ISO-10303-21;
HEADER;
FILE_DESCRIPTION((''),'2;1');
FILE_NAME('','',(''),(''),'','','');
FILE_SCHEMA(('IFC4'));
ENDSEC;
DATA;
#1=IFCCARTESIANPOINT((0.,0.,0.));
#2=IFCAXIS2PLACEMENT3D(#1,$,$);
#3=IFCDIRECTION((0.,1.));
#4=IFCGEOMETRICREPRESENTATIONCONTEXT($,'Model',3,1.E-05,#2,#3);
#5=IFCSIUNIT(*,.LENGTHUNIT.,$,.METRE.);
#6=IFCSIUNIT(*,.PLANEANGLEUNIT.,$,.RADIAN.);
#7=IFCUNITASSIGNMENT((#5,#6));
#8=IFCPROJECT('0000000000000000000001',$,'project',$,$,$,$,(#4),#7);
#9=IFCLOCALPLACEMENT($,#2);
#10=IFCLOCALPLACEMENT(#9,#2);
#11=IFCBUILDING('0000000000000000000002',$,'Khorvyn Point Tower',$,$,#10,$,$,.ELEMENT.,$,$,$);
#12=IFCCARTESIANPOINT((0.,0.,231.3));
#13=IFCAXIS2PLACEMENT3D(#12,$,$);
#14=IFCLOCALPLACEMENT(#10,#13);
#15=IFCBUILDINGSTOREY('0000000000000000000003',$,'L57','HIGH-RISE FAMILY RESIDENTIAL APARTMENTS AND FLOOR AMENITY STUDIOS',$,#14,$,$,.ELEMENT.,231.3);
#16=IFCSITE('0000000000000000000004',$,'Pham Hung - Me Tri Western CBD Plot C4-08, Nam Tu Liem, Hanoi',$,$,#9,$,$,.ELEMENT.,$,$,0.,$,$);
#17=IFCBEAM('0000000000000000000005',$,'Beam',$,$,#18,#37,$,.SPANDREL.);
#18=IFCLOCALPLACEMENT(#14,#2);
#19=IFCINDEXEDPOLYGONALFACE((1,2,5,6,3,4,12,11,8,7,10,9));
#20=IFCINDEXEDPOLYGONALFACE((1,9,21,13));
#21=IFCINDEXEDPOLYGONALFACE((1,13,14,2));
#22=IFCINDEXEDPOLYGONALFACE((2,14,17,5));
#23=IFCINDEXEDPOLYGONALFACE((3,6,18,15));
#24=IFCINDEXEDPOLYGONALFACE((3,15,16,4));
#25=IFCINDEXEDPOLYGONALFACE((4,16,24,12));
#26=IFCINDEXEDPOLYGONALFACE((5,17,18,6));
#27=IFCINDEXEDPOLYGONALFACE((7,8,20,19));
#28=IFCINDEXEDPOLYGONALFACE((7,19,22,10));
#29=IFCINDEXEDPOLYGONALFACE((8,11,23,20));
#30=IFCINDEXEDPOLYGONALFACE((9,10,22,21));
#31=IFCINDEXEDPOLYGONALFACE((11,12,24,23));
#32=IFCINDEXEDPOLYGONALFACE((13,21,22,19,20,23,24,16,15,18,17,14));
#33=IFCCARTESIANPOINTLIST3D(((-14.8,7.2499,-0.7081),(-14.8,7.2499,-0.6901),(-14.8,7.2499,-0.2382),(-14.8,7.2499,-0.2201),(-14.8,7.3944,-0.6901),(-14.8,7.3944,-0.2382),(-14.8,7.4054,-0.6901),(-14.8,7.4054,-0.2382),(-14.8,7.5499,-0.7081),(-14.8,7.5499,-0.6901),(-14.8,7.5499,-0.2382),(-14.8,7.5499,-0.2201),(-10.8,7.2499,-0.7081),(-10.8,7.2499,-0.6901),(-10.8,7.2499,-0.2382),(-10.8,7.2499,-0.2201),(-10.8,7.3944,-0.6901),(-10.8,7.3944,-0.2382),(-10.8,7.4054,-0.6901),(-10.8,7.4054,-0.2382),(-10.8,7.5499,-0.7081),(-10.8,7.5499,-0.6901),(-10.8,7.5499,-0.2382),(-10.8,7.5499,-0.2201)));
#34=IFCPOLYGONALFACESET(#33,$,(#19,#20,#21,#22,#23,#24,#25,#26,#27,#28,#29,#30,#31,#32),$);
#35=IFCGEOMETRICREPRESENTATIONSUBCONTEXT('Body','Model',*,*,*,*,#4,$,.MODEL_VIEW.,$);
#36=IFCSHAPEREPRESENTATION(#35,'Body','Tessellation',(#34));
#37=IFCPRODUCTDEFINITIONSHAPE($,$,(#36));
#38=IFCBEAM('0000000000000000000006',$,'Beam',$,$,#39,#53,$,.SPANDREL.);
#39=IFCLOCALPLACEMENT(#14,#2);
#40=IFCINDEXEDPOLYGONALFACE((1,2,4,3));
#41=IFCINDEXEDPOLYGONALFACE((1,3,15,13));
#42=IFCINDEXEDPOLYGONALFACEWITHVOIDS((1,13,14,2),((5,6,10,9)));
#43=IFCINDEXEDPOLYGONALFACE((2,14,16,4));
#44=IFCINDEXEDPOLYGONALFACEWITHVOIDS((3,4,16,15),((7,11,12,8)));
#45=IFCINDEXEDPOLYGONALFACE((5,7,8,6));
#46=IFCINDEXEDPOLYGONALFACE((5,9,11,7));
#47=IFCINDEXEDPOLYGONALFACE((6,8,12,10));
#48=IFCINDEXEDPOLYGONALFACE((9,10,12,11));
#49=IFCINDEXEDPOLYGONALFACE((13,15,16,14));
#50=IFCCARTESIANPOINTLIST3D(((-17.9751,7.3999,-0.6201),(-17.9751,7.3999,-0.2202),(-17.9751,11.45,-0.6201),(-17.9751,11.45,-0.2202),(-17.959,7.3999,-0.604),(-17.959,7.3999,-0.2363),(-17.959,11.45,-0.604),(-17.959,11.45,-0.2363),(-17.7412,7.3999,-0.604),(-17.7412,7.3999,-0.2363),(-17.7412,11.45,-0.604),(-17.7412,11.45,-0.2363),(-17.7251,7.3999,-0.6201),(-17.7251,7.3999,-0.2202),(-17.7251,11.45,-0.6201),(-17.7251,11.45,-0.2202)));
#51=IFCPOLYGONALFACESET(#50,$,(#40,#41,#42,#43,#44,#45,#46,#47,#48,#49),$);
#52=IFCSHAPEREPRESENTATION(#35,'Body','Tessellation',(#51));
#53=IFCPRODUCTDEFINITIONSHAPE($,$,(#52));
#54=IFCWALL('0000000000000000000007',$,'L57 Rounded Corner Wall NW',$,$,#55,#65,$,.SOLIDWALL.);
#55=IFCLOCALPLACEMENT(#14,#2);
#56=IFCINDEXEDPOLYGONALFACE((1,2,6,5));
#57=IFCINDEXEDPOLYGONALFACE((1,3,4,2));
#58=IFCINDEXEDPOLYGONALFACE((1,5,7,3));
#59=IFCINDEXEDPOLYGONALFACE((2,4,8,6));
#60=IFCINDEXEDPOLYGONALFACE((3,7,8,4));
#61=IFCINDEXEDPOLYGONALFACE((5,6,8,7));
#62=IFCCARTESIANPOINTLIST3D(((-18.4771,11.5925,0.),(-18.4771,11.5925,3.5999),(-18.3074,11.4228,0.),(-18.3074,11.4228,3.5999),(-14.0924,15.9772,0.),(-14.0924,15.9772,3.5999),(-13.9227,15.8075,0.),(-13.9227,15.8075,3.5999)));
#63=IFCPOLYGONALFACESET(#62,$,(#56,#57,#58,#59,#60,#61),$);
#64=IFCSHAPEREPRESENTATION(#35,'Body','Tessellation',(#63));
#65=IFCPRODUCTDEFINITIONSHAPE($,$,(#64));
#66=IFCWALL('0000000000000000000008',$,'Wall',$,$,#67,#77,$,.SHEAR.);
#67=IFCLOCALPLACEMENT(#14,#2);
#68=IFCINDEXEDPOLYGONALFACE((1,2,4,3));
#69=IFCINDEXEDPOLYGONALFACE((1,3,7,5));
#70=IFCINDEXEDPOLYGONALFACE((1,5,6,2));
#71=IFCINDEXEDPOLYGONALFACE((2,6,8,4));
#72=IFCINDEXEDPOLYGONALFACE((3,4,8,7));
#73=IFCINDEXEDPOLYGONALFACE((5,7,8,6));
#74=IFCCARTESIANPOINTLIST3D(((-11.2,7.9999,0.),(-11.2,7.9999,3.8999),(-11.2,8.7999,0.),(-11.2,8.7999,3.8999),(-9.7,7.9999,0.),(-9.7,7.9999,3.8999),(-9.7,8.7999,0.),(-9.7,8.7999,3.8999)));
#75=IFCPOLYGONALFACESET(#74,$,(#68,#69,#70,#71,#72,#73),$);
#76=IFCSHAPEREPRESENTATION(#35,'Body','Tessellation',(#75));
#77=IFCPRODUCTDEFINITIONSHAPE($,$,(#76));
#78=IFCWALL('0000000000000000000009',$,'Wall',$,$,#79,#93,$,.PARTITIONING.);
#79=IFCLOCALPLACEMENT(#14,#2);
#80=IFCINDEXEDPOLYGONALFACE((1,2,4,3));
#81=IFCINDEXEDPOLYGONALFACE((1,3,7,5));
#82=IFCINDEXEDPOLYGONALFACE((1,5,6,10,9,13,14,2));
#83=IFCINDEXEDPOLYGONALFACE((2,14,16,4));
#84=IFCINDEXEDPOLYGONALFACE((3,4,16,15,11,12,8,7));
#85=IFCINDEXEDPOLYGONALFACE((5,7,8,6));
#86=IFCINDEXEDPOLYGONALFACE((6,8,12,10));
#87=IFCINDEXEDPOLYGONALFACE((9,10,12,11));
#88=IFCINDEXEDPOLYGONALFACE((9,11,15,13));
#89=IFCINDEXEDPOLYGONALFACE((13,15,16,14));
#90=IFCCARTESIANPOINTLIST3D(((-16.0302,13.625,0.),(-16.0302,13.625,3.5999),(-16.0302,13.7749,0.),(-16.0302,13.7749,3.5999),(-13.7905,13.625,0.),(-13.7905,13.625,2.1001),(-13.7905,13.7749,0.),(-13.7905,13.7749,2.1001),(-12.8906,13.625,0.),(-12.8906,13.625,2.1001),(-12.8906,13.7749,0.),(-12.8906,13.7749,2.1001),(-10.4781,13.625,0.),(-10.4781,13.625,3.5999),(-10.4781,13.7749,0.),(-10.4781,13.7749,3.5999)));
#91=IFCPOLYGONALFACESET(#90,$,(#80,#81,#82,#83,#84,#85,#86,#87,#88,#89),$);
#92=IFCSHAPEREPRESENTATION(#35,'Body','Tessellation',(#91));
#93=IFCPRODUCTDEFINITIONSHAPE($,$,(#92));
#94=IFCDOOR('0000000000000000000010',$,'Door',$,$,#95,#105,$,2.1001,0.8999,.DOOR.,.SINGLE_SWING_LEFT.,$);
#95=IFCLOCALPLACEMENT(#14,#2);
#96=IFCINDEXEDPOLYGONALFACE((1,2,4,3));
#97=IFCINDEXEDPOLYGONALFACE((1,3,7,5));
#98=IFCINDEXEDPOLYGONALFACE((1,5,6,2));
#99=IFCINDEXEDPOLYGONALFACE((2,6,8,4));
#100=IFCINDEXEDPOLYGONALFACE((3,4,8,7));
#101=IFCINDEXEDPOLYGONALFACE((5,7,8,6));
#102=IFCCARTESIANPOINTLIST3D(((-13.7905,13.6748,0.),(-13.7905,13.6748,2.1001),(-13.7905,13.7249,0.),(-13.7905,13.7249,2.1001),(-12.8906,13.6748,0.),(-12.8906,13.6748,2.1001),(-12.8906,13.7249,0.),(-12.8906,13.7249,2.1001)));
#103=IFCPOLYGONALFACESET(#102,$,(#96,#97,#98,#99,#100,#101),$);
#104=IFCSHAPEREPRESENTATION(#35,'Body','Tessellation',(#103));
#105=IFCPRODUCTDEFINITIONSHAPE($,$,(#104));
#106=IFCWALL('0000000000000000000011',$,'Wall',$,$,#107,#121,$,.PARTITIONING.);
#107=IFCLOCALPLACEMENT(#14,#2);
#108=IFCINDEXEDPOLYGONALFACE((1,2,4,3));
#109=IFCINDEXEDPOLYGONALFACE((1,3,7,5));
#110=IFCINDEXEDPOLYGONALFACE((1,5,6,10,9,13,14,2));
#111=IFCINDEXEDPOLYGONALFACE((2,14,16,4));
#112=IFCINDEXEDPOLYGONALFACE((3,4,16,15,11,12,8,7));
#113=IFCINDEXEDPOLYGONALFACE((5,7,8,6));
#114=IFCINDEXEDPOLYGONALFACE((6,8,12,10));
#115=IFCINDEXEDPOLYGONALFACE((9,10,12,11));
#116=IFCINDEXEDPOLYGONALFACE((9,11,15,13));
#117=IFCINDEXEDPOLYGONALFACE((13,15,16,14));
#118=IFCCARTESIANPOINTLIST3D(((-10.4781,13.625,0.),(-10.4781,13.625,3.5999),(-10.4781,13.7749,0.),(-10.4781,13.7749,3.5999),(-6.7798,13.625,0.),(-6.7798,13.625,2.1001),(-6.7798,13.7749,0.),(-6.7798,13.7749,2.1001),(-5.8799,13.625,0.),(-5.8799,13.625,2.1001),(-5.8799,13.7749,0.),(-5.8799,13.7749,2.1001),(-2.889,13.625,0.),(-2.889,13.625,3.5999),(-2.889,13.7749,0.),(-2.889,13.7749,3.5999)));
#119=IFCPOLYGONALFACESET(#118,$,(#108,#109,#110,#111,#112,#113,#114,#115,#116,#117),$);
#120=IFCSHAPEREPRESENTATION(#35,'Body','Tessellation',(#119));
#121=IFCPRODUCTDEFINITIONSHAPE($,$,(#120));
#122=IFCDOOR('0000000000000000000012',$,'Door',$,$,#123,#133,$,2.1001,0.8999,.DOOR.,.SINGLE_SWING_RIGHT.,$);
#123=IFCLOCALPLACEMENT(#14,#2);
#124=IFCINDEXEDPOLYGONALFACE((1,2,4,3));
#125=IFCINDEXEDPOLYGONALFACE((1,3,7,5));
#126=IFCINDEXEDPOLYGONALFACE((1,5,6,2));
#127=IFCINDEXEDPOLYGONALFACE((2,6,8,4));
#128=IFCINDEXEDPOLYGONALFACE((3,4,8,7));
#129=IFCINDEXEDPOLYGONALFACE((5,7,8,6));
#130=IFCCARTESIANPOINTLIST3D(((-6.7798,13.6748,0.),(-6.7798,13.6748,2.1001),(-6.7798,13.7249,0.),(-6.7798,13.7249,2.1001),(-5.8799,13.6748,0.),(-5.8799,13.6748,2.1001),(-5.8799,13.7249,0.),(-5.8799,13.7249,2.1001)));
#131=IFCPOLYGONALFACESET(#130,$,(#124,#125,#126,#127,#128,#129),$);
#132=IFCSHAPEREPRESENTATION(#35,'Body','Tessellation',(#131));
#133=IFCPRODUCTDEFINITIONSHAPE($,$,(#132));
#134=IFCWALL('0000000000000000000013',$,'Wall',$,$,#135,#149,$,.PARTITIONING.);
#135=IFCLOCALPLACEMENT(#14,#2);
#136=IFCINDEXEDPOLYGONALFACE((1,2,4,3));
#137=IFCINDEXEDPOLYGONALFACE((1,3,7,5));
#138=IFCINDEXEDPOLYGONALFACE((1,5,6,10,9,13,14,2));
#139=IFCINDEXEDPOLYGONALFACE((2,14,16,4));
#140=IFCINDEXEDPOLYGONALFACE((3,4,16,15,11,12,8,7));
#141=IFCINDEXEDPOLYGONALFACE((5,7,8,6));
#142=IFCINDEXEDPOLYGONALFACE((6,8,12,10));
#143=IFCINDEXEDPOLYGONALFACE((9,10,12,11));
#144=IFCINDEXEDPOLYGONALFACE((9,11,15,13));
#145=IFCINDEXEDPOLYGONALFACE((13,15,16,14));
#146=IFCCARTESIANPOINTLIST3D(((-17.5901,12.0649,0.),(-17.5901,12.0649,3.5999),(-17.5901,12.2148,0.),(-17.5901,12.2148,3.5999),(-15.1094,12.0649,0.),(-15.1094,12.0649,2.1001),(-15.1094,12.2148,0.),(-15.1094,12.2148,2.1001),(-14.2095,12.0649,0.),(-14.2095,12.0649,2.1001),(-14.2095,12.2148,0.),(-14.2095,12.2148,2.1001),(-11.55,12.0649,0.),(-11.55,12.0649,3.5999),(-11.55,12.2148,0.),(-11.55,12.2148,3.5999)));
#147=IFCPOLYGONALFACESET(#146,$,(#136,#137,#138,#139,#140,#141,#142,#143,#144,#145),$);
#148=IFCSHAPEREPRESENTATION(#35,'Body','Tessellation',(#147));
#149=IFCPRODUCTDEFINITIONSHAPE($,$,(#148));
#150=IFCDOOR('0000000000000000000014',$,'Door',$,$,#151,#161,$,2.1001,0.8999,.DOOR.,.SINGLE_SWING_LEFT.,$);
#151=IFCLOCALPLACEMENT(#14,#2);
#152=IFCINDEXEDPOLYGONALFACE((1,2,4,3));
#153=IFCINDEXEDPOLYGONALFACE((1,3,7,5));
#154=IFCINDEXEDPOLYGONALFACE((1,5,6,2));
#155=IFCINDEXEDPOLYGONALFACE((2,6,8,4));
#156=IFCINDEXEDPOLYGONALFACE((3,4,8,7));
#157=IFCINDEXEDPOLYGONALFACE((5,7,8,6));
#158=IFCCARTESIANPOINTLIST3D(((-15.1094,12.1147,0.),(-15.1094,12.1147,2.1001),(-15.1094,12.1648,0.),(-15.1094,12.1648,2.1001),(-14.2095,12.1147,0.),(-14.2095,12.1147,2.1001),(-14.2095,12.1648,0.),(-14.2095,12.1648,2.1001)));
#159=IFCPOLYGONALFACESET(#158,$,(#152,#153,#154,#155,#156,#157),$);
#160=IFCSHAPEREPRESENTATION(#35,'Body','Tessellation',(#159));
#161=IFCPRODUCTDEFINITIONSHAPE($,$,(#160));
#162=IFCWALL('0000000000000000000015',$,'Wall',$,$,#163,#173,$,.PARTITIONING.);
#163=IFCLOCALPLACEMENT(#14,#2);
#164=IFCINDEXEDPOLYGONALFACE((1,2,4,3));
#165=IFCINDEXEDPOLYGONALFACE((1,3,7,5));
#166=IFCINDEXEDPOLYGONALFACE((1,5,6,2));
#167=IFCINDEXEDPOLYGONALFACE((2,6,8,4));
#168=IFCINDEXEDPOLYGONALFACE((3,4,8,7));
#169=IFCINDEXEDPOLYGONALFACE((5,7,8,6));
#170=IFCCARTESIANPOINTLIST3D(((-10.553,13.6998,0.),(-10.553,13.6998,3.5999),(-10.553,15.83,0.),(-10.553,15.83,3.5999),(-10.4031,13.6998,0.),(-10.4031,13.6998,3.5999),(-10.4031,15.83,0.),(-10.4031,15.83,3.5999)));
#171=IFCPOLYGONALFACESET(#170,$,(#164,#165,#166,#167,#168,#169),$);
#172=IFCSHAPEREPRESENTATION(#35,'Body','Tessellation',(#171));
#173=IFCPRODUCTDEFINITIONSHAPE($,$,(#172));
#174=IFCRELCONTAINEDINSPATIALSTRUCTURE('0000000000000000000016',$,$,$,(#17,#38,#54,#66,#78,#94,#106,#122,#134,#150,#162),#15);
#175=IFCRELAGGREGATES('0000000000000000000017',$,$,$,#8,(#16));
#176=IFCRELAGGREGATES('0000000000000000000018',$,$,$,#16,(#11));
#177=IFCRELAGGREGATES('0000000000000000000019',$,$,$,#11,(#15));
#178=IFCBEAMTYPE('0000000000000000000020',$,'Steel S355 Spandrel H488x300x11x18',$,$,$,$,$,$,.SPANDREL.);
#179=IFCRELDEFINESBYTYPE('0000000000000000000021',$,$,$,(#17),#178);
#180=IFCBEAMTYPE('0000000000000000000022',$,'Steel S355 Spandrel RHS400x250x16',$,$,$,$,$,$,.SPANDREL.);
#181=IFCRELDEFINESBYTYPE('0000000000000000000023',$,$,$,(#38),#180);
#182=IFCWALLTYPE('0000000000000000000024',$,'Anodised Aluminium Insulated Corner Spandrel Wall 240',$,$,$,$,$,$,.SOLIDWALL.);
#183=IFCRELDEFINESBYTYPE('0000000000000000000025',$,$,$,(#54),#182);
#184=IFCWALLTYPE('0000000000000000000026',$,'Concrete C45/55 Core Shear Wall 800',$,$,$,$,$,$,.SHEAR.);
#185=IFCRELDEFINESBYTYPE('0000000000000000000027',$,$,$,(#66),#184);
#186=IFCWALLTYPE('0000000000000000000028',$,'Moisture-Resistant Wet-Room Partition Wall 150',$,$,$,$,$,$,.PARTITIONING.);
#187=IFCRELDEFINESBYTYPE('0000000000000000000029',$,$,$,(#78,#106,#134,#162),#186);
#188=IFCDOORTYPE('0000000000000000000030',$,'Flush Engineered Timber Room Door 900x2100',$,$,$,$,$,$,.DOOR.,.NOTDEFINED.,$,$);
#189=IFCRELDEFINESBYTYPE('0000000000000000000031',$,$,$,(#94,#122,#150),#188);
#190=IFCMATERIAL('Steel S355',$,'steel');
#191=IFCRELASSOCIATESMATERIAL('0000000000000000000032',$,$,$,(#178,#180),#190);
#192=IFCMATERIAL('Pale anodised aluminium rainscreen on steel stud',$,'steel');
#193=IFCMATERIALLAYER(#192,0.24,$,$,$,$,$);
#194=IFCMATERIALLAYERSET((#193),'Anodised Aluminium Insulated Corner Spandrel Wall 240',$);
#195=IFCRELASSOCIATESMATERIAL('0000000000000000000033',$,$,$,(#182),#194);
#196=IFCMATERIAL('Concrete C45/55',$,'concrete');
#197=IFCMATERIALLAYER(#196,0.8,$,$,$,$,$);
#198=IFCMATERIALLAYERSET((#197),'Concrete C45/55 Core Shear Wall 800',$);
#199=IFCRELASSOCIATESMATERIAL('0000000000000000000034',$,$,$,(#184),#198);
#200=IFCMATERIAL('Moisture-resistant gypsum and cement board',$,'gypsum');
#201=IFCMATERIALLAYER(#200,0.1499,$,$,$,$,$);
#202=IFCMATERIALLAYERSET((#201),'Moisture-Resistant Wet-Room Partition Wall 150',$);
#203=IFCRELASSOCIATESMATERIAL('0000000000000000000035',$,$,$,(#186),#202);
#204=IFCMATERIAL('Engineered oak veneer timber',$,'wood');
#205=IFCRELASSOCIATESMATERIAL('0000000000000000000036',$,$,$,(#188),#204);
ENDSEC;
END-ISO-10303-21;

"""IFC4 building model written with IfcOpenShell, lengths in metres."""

from ifc_helpers import new_model, si_unit, direction, frame, frame_2d, origin, origin_2d, place, context, subcontext, project, spatial, rectangle, hollow_rectangle, i_section, extrude, material, layer, layer_set, material_profile, profile_set, type_object, element, fill, save


model = new_model("IFC4")

# Units and contexts
model_context = context("Model", 3, precision=1e-05, world=origin(), true_north=direction((0.0, 1.0)))
body_context = subcontext(model_context, "Body", "Model", "MODEL_VIEW")
ifc_project = project(units=[si_unit("LENGTHUNIT", "METRE"), si_unit("PLANEANGLEUNIT", "RADIAN")], contexts=[model_context])

# Site, building, storey
site_placement = place(None, origin())
site = spatial("IfcSite", under=ifc_project, at=site_placement, Name="Pham Hung - Me Tri Western CBD Plot C4-08, Nam Tu Liem, Hanoi", CompositionType="ELEMENT", RefElevation=0.0)
building_placement = place(site_placement, origin())
building = spatial("IfcBuilding", under=site, at=building_placement, Name="Khorvyn Point Tower", CompositionType="ELEMENT")
storey_placement = place(building_placement, frame((0.0, 0.0, 231.3)))
storey = spatial("IfcBuildingStorey", under=building, at=storey_placement, Name="L57", Description="HIGH-RISE FAMILY RESIDENTIAL APARTMENTS AND FLOOR AMENITY STUDIOS", CompositionType="ELEMENT", Elevation=231.3)

# Shared definitions
ifc_material_1 = material(Name="Concrete C45/55", Category="concrete")

# Beams
ifc_material_2 = material(Name="Steel S355", Category="steel")
ifc_material_profile_1 = material_profile(ifc_material_2, i_section(OverallWidth=0.3, OverallDepth=0.488, WebThickness=0.011, FlangeThickness=0.0181, at=origin_2d()))
ifc_profile_set_1 = profile_set([ifc_material_profile_1], Name="Steel S355 H488x300x11x18")
beam_type_1 = type_object("IfcBeamType", Name="Steel S355 Spandrel H488x300x11x18", PredefinedType="SPANDREL", material=ifc_profile_set_1)
beam_1_placement = place(storey_placement, frame((-14.8, 7.3999, -0.4641), z_axis=(1.0, 0.0, 0.0), x_axis=(0.0, 1.0, 0.0)))
element("IfcBeam", 1, at=beam_1_placement, inside=storey, type_object=beam_type_1, Name="Beam", PredefinedType="SPANDREL", context=body_context, shape_type="SweptSolid", body=[
    extrude(i_section(OverallWidth=0.3, OverallDepth=0.488, WebThickness=0.011, FlangeThickness=0.0181, at=origin_2d()), origin(), (0.0, 0.0, 1.0), 4.0),
])
ifc_material_profile_2 = material_profile(ifc_material_2, hollow_rectangle(XDim=0.25, YDim=0.3999, WallThickness=0.0161, at=origin_2d()))
ifc_profile_set_2 = profile_set([ifc_material_profile_2], Name="Steel S355 RHS400x250x16")
beam_type_2 = type_object("IfcBeamType", Name="Steel S355 Spandrel RHS400x250x16", PredefinedType="SPANDREL", material=ifc_profile_set_2)
beam_2_placement = place(storey_placement, frame((-17.8501, 7.3999, -0.4202), z_axis=(0.0, 1.0, 0.0), x_axis=(-1.0, 0.0, 0.0)))
element("IfcBeam", 2, at=beam_2_placement, inside=storey, type_object=beam_type_2, Name="Beam", PredefinedType="SPANDREL", context=body_context, shape_type="SweptSolid", body=[
    extrude(hollow_rectangle(XDim=0.25, YDim=0.3999, WallThickness=0.0161, at=origin_2d()), origin(), (0.0, 0.0, 1.0), 4.05),
])

# Walls
ifc_material_3 = material(Name="Pale anodised aluminium rainscreen on steel stud", Category="steel")
ifc_layer_1 = layer(ifc_material_3, 0.24)
ifc_layer_set_1 = layer_set([ifc_layer_1], Name="Anodised Aluminium Insulated Corner Spandrel Wall 240")
wall_type_1 = type_object("IfcWallType", Name="Anodised Aluminium Insulated Corner Spandrel Wall 240", PredefinedType="SOLIDWALL", material=ifc_layer_set_1)
wall_1_placement = place(storey_placement, frame((-18.3923, 11.5076, 0.0), z_axis=(0.0, 0.0, 1.0), x_axis=(0.707107, 0.707107, 0.0)))
element("IfcWall", 3, at=wall_1_placement, inside=storey, type_object=wall_type_1, Name="L57 Rounded Corner Wall NW", PredefinedType="SOLIDWALL", context=body_context, shape_type="SweptSolid", body=[
    extrude(rectangle(XDim=6.2009, YDim=0.24, at=frame_2d((3.1006, 0.0))), origin(), (0.0, 0.0, 1.0), 3.5999),
])
ifc_layer_2 = layer(ifc_material_1, 0.8)
ifc_layer_set_2 = layer_set([ifc_layer_2], Name="Concrete C45/55 Core Shear Wall 800")
wall_type_2 = type_object("IfcWallType", Name="Concrete C45/55 Core Shear Wall 800", PredefinedType="SHEAR", material=ifc_layer_set_2)
wall_2_placement = place(storey_placement, frame((-11.2, 8.3999, 0.0), z_axis=(0.0, 0.0, 1.0), x_axis=(1.0, 0.0, 0.0)))
element("IfcWall", 4, at=wall_2_placement, inside=storey, type_object=wall_type_2, Name="Wall", PredefinedType="SHEAR", context=body_context, shape_type="SweptSolid", body=[
    extrude(rectangle(XDim=1.5, YDim=0.8, at=frame_2d((0.75, 0.0))), origin(), (0.0, 0.0, 1.0), 3.8999),
])

# Walls, openings, doors
ifc_material_4 = material(Name="Moisture-resistant gypsum and cement board", Category="gypsum")
ifc_layer_3 = layer(ifc_material_4, 0.1499)
ifc_layer_set_3 = layer_set([ifc_layer_3], Name="Moisture-Resistant Wet-Room Partition Wall 150")
wall_type_3 = type_object("IfcWallType", Name="Moisture-Resistant Wet-Room Partition Wall 150", PredefinedType="PARTITIONING", material=ifc_layer_set_3)
wall_3_placement = place(storey_placement, frame((-16.03, 13.7, 0.0), z_axis=(0.0, 0.0, 1.0), x_axis=(1.0, 0.0, 0.0)))
wall_3 = element("IfcWall", 5, at=wall_3_placement, inside=storey, type_object=wall_type_3, Name="Wall", PredefinedType="PARTITIONING", context=body_context, shape_type="SweptSolid", body=[
    extrude(rectangle(XDim=5.552, YDim=0.1499, at=frame_2d((2.7759, 0.0))), origin(), (0.0, 0.0, 1.0), 3.5999),
])
opening_1_placement = place(wall_3_placement, frame((2.2395, 0.0, 0.0)))
opening_1 = element("IfcOpeningElement", 6, at=opening_1_placement, cuts=wall_3, PredefinedType="OPENING", context=body_context, shape_type="SweptSolid", body=[
    extrude(rectangle(XDim=0.8999, YDim=2.1001, at=frame_2d((0.45, 1.05))), frame((0.0, 0.085, 0.0), z_axis=(0.0, -1.0, 0.0), x_axis=(1.0, 0.0, 0.0)), (0.0, 0.0, 1.0), 0.1699),
])
ifc_material_5 = material(Name="Engineered oak veneer timber", Category="wood")
door_type = type_object("IfcDoorType", Name="Flush Engineered Timber Room Door 900x2100", OperationType="NOTDEFINED", PredefinedType="DOOR", material=ifc_material_5)
door_1_placement = place(opening_1_placement, origin())
door_1 = element("IfcDoor", 7, at=door_1_placement, inside=storey, type_object=door_type, Name="Door", OperationType="SINGLE_SWING_LEFT", OverallHeight=2.1001, OverallWidth=0.8999, PredefinedType="DOOR", context=body_context, shape_type="SweptSolid", body=[
    extrude(rectangle(XDim=0.8999, YDim=2.1001, at=frame_2d((0.45, 1.05))), frame((0.0, 0.0249, 0.0), z_axis=(0.0, -1.0, 0.0), x_axis=(1.0, 0.0, 0.0)), (0.0, 0.0, 1.0), 0.05),
])
fill(opening_1, door_1)
wall_4_placement = place(storey_placement, frame((-10.478, 13.7, 0.0), z_axis=(0.0, 0.0, 1.0), x_axis=(1.0, 0.0, 0.0)))
wall_4 = element("IfcWall", 8, at=wall_4_placement, inside=storey, type_object=wall_type_3, Name="Wall", PredefinedType="PARTITIONING", context=body_context, shape_type="SweptSolid", body=[
    extrude(rectangle(XDim=7.5891, YDim=0.1499, at=frame_2d((3.7944, 0.0))), origin(), (0.0, 0.0, 1.0), 3.5999),
])
opening_2_placement = place(wall_4_placement, frame((3.6982, 0.0, 0.0)))
opening_2 = element("IfcOpeningElement", 9, at=opening_2_placement, cuts=wall_4, PredefinedType="OPENING", context=body_context, shape_type="SweptSolid", body=[
    extrude(rectangle(XDim=0.8999, YDim=2.1001, at=frame_2d((0.45, 1.05))), frame((0.0, 0.085, 0.0), z_axis=(0.0, -1.0, 0.0), x_axis=(1.0, 0.0, 0.0)), (0.0, 0.0, 1.0), 0.1699),
])
door_2_placement = place(opening_2_placement, origin())
door_2 = element("IfcDoor", 10, at=door_2_placement, inside=storey, type_object=door_type, Name="Door", OperationType="SINGLE_SWING_RIGHT", OverallHeight=2.1001, OverallWidth=0.8999, PredefinedType="DOOR", context=body_context, shape_type="SweptSolid", body=[
    extrude(rectangle(XDim=0.8999, YDim=2.1001, at=frame_2d((0.45, 1.05))), frame((0.0, 0.0249, 0.0), z_axis=(0.0, -1.0, 0.0), x_axis=(1.0, 0.0, 0.0)), (0.0, 0.0, 1.0), 0.05),
])
fill(opening_2, door_2)
wall_5_placement = place(storey_placement, frame((-17.5901, 12.1399, 0.0), z_axis=(0.0, 0.0, 1.0), x_axis=(1.0, 0.0, 0.0)))
wall_5 = element("IfcWall", 11, at=wall_5_placement, inside=storey, type_object=wall_type_3, Name="Wall", PredefinedType="PARTITIONING", context=body_context, shape_type="SweptSolid", body=[
    extrude(rectangle(XDim=6.04, YDim=0.1499, at=frame_2d((3.02, 0.0))), origin(), (0.0, 0.0, 1.0), 3.5999),
])
opening_3_placement = place(wall_5_placement, frame((2.4807, 0.0, 0.0)))
opening_3 = element("IfcOpeningElement", 12, at=opening_3_placement, cuts=wall_5, PredefinedType="OPENING", context=body_context, shape_type="SweptSolid", body=[
    extrude(rectangle(XDim=0.8999, YDim=2.1001, at=frame_2d((0.45, 1.05))), frame((0.0, 0.085, 0.0), z_axis=(0.0, -1.0, 0.0), x_axis=(1.0, 0.0, 0.0)), (0.0, 0.0, 1.0), 0.1699),
])
door_3_placement = place(opening_3_placement, origin())
door_3 = element("IfcDoor", 13, at=door_3_placement, inside=storey, type_object=door_type, Name="Door", OperationType="SINGLE_SWING_LEFT", OverallHeight=2.1001, OverallWidth=0.8999, PredefinedType="DOOR", context=body_context, shape_type="SweptSolid", body=[
    extrude(rectangle(XDim=0.8999, YDim=2.1001, at=frame_2d((0.45, 1.05))), frame((0.0, 0.0249, 0.0), z_axis=(0.0, -1.0, 0.0), x_axis=(1.0, 0.0, 0.0)), (0.0, 0.0, 1.0), 0.05),
])
fill(opening_3, door_3)

# Wall
wall_6_placement = place(storey_placement, frame((-10.478, 13.7, 0.0), z_axis=(0.0, 0.0, 1.0), x_axis=(0.0, 1.0, 0.0)))
element("IfcWall", 14, at=wall_6_placement, inside=storey, type_object=wall_type_3, Name="Wall", PredefinedType="PARTITIONING", context=body_context, shape_type="SweptSolid", body=[
    extrude(rectangle(XDim=2.1301, YDim=0.1499, at=frame_2d((1.0649, 0.0))), origin(), (0.0, 0.0, 1.0), 3.5999),
])

save(model, "model.ifc")
